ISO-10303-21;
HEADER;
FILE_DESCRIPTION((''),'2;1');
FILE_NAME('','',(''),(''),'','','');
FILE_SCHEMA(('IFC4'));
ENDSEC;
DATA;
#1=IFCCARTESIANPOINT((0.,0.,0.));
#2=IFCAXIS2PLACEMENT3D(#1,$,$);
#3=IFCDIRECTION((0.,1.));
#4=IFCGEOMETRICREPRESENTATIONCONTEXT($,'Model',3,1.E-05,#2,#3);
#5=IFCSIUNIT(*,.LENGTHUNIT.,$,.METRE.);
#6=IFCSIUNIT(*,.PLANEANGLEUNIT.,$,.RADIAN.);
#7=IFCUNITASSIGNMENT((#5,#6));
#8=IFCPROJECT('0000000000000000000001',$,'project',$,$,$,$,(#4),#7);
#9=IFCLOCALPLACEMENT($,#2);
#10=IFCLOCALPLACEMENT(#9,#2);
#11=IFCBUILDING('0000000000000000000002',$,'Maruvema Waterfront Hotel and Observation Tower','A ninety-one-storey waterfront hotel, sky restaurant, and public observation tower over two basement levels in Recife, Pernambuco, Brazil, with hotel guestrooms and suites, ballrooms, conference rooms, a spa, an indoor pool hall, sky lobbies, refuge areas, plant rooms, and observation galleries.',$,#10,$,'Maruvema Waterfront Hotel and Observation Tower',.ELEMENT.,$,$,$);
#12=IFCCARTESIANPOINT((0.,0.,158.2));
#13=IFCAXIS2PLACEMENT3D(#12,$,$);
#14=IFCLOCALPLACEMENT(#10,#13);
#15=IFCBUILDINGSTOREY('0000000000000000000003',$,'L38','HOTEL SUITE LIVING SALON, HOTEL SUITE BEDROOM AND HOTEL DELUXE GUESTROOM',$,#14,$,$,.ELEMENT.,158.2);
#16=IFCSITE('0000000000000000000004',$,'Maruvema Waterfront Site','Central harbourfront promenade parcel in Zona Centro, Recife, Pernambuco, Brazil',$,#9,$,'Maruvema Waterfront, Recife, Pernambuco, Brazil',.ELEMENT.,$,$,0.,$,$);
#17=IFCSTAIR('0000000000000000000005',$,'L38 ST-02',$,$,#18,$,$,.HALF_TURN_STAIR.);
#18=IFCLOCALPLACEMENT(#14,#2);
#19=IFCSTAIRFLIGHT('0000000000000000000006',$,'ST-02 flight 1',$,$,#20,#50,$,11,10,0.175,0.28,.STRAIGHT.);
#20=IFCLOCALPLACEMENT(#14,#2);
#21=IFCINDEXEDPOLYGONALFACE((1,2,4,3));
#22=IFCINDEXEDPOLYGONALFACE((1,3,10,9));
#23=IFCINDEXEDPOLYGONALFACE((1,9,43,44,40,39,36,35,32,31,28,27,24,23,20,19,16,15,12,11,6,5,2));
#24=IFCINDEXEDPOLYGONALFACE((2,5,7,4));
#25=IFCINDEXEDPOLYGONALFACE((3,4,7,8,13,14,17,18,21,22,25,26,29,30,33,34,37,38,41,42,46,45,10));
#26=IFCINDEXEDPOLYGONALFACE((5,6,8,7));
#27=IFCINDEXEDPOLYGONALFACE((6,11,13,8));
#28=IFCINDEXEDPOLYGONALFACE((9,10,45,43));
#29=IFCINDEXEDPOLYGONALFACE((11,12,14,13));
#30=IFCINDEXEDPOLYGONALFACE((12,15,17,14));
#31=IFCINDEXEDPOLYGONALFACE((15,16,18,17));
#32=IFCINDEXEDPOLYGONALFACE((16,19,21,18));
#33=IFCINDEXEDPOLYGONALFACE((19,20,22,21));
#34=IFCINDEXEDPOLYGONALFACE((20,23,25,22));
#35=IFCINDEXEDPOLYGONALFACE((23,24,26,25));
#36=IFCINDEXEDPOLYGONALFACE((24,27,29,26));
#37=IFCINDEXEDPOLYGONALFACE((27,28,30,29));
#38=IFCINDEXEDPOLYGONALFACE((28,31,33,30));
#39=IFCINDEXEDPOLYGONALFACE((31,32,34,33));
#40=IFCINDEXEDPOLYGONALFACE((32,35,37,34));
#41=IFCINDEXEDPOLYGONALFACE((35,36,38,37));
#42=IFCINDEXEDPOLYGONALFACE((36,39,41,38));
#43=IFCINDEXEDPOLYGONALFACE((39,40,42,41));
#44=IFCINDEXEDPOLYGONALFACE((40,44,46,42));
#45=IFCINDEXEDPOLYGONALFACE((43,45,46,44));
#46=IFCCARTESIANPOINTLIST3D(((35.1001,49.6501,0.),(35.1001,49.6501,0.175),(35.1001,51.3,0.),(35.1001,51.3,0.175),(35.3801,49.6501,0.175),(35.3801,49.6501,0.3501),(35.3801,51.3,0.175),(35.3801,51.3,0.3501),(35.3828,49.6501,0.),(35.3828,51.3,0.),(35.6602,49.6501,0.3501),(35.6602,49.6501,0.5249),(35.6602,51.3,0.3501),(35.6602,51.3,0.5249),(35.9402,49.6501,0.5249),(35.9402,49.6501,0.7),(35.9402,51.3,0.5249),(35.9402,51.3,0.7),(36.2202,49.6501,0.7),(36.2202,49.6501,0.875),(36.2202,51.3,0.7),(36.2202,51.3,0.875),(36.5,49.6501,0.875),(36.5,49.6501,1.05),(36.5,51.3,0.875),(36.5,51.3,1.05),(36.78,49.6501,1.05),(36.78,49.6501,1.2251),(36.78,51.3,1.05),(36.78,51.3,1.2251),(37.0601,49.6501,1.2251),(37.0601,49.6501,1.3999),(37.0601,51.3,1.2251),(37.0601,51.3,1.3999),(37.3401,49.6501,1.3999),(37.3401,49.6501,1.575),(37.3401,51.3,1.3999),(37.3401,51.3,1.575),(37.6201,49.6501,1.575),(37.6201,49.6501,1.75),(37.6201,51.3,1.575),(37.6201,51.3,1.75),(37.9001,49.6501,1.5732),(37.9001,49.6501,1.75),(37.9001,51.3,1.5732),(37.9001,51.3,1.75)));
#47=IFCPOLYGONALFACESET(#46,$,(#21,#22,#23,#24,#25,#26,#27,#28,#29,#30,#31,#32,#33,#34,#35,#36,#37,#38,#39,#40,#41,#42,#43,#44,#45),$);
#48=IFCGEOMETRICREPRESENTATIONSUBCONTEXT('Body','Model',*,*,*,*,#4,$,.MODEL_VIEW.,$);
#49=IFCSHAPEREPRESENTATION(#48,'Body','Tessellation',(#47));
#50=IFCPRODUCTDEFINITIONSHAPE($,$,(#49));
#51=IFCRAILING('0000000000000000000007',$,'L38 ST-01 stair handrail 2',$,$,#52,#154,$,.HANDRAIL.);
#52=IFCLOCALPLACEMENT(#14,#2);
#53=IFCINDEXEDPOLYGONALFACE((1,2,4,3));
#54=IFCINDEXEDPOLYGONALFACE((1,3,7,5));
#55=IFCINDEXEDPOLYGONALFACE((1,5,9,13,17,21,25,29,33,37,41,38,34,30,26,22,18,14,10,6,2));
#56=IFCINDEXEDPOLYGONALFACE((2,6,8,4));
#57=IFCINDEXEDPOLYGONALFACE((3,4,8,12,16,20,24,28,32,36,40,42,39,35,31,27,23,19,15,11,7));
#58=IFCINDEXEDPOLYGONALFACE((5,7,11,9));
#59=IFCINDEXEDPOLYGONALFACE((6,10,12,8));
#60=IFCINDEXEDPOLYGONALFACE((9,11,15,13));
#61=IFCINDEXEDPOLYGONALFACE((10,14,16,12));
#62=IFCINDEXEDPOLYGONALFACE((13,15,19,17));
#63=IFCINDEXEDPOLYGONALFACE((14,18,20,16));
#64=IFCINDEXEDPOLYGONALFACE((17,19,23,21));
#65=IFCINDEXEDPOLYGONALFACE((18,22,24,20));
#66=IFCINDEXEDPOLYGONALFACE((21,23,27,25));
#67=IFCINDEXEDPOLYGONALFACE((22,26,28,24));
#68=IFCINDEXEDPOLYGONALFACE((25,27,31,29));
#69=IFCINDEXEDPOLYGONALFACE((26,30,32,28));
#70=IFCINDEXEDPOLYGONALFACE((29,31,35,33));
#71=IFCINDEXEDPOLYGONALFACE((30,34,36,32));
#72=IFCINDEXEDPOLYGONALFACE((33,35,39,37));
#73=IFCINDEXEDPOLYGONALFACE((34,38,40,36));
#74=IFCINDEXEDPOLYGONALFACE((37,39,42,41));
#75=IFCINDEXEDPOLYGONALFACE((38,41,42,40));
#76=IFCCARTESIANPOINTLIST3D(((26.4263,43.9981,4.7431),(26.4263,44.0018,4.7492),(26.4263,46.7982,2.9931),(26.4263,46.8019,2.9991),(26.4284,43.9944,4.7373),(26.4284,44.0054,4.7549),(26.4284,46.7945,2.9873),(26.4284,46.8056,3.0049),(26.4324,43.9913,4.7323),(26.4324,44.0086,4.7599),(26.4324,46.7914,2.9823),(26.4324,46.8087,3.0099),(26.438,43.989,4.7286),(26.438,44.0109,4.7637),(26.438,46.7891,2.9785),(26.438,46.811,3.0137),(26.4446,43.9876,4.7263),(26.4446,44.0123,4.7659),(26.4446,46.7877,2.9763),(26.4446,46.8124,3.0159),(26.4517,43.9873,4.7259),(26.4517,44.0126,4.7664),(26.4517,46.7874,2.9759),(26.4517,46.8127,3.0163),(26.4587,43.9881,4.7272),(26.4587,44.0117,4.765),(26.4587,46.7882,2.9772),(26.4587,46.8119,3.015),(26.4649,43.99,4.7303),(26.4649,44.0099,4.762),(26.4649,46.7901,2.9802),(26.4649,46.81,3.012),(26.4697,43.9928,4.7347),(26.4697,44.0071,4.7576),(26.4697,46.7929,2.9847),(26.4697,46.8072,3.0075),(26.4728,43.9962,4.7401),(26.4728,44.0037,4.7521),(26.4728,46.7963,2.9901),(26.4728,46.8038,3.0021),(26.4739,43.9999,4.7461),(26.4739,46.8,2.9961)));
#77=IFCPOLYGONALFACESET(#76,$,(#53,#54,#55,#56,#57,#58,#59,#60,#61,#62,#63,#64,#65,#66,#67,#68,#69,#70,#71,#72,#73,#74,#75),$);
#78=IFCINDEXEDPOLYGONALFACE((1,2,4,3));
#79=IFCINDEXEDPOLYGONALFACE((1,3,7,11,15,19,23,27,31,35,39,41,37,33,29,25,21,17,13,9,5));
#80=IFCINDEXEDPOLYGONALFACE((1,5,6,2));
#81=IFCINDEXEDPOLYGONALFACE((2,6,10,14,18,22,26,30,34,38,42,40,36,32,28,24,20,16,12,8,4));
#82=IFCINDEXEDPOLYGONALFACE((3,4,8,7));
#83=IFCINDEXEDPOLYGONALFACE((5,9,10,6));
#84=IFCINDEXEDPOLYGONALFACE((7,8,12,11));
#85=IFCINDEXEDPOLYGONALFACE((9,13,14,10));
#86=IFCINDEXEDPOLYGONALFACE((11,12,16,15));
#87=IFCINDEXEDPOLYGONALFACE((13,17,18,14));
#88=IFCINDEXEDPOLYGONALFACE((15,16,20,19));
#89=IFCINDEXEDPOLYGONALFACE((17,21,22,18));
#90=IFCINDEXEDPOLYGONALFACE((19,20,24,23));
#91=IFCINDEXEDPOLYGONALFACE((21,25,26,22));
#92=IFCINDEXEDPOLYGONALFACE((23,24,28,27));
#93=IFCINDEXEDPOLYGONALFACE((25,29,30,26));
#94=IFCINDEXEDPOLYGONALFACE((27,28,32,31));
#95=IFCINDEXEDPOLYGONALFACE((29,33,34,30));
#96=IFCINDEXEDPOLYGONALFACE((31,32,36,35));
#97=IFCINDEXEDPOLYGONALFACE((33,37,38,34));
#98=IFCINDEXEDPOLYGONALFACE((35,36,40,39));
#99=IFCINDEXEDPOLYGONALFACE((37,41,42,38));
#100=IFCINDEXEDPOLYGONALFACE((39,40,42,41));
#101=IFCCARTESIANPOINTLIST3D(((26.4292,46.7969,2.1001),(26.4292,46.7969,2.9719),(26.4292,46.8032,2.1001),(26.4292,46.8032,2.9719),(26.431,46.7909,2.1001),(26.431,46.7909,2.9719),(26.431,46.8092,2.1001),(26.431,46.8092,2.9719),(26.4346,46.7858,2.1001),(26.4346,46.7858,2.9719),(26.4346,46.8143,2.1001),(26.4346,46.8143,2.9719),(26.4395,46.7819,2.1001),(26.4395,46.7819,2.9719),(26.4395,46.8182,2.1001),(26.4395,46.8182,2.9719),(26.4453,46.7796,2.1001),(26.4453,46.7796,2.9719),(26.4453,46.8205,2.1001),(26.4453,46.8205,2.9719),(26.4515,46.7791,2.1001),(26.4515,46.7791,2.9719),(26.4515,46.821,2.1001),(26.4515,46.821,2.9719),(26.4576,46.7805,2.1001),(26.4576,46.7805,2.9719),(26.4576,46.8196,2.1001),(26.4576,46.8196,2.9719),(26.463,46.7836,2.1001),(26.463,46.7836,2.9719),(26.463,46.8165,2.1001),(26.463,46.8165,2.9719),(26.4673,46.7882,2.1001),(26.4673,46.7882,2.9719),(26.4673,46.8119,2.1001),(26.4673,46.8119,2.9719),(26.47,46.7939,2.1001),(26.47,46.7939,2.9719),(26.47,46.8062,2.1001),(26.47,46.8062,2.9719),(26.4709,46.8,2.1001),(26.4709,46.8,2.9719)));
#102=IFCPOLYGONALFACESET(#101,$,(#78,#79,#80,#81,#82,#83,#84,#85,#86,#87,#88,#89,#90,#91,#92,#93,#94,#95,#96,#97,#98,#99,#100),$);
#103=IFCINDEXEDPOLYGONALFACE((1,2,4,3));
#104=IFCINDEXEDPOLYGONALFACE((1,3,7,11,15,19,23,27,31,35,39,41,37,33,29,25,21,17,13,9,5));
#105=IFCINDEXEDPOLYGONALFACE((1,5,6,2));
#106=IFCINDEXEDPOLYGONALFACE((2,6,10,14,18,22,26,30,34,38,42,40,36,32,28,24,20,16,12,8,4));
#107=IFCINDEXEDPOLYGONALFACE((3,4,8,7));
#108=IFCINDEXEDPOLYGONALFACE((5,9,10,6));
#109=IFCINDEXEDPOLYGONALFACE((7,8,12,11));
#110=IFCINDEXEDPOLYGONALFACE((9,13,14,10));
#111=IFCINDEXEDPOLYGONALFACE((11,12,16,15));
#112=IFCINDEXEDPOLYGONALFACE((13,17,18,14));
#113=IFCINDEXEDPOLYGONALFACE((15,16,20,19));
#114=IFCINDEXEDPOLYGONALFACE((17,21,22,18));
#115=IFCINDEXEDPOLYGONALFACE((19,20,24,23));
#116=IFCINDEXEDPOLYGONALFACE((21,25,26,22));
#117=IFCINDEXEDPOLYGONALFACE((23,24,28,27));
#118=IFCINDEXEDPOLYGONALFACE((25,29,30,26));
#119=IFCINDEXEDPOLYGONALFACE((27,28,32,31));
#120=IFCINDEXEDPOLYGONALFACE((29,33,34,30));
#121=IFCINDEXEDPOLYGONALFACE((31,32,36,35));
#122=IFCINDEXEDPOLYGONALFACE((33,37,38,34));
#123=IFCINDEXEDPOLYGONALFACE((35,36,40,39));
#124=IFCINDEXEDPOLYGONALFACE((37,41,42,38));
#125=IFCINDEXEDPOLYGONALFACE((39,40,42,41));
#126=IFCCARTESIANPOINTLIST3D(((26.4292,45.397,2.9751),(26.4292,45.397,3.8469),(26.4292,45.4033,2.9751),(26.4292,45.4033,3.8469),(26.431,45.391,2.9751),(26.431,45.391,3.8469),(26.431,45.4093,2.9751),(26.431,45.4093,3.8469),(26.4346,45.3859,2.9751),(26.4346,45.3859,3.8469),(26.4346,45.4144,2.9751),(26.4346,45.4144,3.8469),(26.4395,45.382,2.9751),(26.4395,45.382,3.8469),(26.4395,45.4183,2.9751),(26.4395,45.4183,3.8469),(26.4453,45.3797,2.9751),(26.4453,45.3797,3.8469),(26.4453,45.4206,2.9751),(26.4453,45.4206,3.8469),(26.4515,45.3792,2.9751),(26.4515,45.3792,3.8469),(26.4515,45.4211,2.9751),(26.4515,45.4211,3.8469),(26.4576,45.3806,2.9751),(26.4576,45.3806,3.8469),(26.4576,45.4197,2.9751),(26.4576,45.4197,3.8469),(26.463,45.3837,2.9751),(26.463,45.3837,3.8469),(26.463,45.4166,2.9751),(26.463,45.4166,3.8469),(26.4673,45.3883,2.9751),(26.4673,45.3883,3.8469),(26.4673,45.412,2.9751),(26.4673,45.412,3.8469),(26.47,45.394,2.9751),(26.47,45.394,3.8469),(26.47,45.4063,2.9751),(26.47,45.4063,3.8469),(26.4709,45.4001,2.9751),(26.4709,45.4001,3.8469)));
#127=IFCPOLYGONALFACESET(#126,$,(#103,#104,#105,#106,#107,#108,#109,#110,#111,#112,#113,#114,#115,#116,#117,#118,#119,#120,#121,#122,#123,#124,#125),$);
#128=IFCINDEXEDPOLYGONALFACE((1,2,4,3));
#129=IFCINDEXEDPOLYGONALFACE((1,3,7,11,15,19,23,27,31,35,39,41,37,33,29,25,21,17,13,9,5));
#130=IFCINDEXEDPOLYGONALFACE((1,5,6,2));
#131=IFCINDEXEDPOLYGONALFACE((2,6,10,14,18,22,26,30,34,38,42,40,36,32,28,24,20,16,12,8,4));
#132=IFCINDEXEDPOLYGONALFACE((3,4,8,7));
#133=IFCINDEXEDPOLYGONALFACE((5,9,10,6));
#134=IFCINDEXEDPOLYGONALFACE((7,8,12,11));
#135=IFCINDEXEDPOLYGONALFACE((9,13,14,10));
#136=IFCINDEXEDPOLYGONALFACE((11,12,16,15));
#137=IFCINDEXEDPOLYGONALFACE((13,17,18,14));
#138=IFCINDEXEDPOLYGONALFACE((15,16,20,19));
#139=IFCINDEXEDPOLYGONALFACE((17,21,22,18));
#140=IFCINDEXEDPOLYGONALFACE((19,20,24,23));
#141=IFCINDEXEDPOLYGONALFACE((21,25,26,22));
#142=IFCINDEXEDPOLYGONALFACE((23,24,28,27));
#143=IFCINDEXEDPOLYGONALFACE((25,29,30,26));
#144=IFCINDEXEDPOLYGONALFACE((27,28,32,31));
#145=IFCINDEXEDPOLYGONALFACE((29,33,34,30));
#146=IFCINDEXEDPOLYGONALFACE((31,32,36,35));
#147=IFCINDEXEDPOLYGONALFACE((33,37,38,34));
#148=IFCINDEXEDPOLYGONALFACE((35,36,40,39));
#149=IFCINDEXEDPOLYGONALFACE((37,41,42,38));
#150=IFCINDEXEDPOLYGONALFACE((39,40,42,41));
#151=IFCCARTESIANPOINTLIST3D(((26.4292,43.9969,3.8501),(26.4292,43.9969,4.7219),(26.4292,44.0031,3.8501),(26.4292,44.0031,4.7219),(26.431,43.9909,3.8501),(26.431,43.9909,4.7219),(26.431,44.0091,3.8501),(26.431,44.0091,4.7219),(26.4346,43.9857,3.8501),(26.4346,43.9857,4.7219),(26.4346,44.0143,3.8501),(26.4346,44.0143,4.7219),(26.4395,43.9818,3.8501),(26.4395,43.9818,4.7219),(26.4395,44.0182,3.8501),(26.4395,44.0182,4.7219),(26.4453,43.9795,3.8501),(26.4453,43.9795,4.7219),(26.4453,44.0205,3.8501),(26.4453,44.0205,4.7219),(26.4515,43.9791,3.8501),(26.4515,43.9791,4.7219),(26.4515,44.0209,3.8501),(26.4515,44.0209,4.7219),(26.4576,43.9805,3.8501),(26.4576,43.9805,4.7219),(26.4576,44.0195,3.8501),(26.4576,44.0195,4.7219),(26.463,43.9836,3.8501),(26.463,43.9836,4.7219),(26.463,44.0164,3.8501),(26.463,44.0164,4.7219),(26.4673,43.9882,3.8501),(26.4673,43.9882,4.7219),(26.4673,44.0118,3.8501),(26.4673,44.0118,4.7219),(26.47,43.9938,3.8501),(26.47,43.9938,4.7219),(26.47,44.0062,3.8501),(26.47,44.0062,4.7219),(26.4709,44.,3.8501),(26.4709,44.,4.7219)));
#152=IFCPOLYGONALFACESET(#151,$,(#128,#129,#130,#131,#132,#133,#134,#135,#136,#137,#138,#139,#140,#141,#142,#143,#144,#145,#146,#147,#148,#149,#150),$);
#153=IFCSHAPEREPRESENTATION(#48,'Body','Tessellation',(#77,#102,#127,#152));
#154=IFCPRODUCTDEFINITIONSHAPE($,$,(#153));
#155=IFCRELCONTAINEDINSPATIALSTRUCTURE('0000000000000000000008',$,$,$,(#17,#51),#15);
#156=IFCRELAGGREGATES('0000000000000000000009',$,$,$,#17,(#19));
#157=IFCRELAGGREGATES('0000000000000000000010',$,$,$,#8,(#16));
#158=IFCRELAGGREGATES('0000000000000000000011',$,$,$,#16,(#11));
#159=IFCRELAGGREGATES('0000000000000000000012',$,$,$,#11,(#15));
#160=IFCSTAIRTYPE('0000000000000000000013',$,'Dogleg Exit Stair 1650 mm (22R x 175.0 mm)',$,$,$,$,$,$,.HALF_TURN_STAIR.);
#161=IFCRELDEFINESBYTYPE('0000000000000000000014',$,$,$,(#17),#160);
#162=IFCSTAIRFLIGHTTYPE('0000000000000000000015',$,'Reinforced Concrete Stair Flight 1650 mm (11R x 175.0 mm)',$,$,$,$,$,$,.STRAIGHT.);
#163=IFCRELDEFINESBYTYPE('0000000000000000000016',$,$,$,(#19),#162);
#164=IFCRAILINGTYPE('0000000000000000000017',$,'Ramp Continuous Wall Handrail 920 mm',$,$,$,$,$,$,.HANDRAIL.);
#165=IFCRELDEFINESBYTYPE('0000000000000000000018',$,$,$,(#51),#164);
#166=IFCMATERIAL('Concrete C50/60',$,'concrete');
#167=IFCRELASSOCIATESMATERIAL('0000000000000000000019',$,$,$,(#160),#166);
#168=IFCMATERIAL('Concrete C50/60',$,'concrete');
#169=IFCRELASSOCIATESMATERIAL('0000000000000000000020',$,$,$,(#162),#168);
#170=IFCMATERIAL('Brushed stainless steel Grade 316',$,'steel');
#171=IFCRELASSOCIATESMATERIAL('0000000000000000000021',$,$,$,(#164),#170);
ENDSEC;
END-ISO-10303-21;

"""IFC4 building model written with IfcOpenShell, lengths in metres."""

from ifc_helpers import new_model, si_unit, direction, frame, origin, origin_2d, place, context, subcontext, project, spatial, polyline, circle, outline, extrude, material, type_object, element, aggregate, save


model = new_model("IFC4")

# Units and contexts
model_context = context("Model", 3, precision=1e-05, world=origin(), true_north=direction((0.0, 1.0)))
body_context = subcontext(model_context, "Body", "Model", "MODEL_VIEW")
ifc_project = project(units=[si_unit("LENGTHUNIT", "METRE"), si_unit("PLANEANGLEUNIT", "RADIAN")], contexts=[model_context])

# Site, building, storey
site_placement = place(None, origin())
site = spatial("IfcSite", under=ifc_project, at=site_placement, Name="Maruvema Waterfront Site", Description="Central harbourfront promenade parcel in Zona Centro, Recife, Pernambuco, Brazil", LongName="Maruvema Waterfront, Recife, Pernambuco, Brazil", CompositionType="ELEMENT", RefElevation=0.0)
building_placement = place(site_placement, origin())
building = spatial("IfcBuilding", under=site, at=building_placement, Name="Maruvema Waterfront Hotel and Observation Tower", Description="A ninety-one-storey waterfront hotel, sky restaurant, and public observation tower over two basement levels in Recife, Pernambuco, Brazil, with hotel guestrooms and suites, ballrooms, conference rooms, a spa, an indoor pool hall, sky lobbies, refuge areas, plant rooms, and observation galleries.", LongName="Maruvema Waterfront Hotel and Observation Tower", CompositionType="ELEMENT")
storey_placement = place(building_placement, frame((0.0, 0.0, 158.2)))
storey = spatial("IfcBuildingStorey", under=building, at=storey_placement, Name="L38", Description="HOTEL SUITE LIVING SALON, HOTEL SUITE BEDROOM AND HOTEL DELUXE GUESTROOM", CompositionType="ELEMENT", Elevation=158.2)

# Stair, stair flight
ifc_material_1 = material(Name="Concrete C50/60", Category="concrete")
stair_type = type_object("IfcStairType", Name="Dogleg Exit Stair 1650 mm (22R x 175.0 mm)", PredefinedType="HALF_TURN_STAIR", material=ifc_material_1)
ifc_material_2 = material(Name="Concrete C50/60", Category="concrete")
stair_flight_type = type_object("IfcStairFlightType", Name="Reinforced Concrete Stair Flight 1650 mm (11R x 175.0 mm)", PredefinedType="STRAIGHT", material=ifc_material_2)
stair_1_placement = place(storey_placement, origin())
stair_1 = element("IfcStair", 1, at=stair_1_placement, inside=storey, type_object=stair_type, Name="L38 ST-02", PredefinedType="HALF_TURN_STAIR")
stair_flight_1_placement = place(storey_placement, frame((35.1001, 50.4751, 0.0), z_axis=(0.0, 0.0, 1.0), x_axis=(1.0, 0.0, 0.0)))
stair_flight_1 = element("IfcStairFlight", 2, at=stair_flight_1_placement, type_object=stair_flight_type, Name="ST-02 flight 1", NumberOfRisers=11, NumberOfTreads=10, PredefinedType="STRAIGHT", RiserHeight=0.175, TreadLength=0.28, context=body_context, shape_type="SweptSolid", body=[
    extrude(outline(polyline([(0.0, 0.0), (0.0, 0.175), (0.28, 0.175), (0.28, 0.3501), (0.5601, 0.3501), (0.5601, 0.5249), (0.8401, 0.5249), (0.8401, 0.7), (1.1201, 0.7), (1.1201, 0.875), (1.3999, 0.875), (1.3999, 1.05), (1.6799, 1.05), (1.6799, 1.2251), (1.96, 1.2251), (1.96, 1.3999), (2.24, 1.3999), (2.24, 1.575), (2.52, 1.575), (2.52, 1.75), (2.8, 1.75), (2.8, 1.925), (2.8, 1.5732), (0.2827, 0.0), (0.0, 0.0)])), frame((0.0, 0.825, 0.0), z_axis=(0.0, -1.0, 0.0), x_axis=(1.0, 0.0, 0.0)), (0.0, 0.0, 1.0), 1.6499),
])
aggregate(stair_1, [stair_flight_1])

# Railing
ifc_material_3 = material(Name="Brushed stainless steel Grade 316", Category="steel")
railing_type_1 = type_object("IfcRailingType", Name="Ramp Continuous Wall Handrail 920 mm", PredefinedType="HANDRAIL", material=ifc_material_3)
railing_1_placement = place(storey_placement, frame((26.45, 46.8, 2.1001)))
element("IfcRailing", 3, at=railing_1_placement, inside=storey, type_object=railing_type_1, Name="L38 ST-01 stair handrail 2", PredefinedType="HANDRAIL", context=body_context, shape_type="SweptSolid", body=[
    extrude(circle(Radius=0.0239, at=origin_2d()), frame((0.0, 0.0, 0.896), z_axis=(0.0, -0.848002, 0.529992), x_axis=(1.0, 0.0, 0.0)), (0.0, 0.0, 1.0), 3.302),
    extrude(circle(Radius=0.021, at=origin_2d()), origin(), (0.0, 0.0, 1.0), 0.8718),
    extrude(circle(Radius=0.021, at=origin_2d()), frame((0.0, -1.3999, 0.875)), (0.0, 0.0, 1.0), 0.8718),
    extrude(circle(Radius=0.021, at=origin_2d()), frame((0.0, -2.8, 1.75)), (0.0, 0.0, 1.0), 0.8718),
])

save(model, "model.ifc")
